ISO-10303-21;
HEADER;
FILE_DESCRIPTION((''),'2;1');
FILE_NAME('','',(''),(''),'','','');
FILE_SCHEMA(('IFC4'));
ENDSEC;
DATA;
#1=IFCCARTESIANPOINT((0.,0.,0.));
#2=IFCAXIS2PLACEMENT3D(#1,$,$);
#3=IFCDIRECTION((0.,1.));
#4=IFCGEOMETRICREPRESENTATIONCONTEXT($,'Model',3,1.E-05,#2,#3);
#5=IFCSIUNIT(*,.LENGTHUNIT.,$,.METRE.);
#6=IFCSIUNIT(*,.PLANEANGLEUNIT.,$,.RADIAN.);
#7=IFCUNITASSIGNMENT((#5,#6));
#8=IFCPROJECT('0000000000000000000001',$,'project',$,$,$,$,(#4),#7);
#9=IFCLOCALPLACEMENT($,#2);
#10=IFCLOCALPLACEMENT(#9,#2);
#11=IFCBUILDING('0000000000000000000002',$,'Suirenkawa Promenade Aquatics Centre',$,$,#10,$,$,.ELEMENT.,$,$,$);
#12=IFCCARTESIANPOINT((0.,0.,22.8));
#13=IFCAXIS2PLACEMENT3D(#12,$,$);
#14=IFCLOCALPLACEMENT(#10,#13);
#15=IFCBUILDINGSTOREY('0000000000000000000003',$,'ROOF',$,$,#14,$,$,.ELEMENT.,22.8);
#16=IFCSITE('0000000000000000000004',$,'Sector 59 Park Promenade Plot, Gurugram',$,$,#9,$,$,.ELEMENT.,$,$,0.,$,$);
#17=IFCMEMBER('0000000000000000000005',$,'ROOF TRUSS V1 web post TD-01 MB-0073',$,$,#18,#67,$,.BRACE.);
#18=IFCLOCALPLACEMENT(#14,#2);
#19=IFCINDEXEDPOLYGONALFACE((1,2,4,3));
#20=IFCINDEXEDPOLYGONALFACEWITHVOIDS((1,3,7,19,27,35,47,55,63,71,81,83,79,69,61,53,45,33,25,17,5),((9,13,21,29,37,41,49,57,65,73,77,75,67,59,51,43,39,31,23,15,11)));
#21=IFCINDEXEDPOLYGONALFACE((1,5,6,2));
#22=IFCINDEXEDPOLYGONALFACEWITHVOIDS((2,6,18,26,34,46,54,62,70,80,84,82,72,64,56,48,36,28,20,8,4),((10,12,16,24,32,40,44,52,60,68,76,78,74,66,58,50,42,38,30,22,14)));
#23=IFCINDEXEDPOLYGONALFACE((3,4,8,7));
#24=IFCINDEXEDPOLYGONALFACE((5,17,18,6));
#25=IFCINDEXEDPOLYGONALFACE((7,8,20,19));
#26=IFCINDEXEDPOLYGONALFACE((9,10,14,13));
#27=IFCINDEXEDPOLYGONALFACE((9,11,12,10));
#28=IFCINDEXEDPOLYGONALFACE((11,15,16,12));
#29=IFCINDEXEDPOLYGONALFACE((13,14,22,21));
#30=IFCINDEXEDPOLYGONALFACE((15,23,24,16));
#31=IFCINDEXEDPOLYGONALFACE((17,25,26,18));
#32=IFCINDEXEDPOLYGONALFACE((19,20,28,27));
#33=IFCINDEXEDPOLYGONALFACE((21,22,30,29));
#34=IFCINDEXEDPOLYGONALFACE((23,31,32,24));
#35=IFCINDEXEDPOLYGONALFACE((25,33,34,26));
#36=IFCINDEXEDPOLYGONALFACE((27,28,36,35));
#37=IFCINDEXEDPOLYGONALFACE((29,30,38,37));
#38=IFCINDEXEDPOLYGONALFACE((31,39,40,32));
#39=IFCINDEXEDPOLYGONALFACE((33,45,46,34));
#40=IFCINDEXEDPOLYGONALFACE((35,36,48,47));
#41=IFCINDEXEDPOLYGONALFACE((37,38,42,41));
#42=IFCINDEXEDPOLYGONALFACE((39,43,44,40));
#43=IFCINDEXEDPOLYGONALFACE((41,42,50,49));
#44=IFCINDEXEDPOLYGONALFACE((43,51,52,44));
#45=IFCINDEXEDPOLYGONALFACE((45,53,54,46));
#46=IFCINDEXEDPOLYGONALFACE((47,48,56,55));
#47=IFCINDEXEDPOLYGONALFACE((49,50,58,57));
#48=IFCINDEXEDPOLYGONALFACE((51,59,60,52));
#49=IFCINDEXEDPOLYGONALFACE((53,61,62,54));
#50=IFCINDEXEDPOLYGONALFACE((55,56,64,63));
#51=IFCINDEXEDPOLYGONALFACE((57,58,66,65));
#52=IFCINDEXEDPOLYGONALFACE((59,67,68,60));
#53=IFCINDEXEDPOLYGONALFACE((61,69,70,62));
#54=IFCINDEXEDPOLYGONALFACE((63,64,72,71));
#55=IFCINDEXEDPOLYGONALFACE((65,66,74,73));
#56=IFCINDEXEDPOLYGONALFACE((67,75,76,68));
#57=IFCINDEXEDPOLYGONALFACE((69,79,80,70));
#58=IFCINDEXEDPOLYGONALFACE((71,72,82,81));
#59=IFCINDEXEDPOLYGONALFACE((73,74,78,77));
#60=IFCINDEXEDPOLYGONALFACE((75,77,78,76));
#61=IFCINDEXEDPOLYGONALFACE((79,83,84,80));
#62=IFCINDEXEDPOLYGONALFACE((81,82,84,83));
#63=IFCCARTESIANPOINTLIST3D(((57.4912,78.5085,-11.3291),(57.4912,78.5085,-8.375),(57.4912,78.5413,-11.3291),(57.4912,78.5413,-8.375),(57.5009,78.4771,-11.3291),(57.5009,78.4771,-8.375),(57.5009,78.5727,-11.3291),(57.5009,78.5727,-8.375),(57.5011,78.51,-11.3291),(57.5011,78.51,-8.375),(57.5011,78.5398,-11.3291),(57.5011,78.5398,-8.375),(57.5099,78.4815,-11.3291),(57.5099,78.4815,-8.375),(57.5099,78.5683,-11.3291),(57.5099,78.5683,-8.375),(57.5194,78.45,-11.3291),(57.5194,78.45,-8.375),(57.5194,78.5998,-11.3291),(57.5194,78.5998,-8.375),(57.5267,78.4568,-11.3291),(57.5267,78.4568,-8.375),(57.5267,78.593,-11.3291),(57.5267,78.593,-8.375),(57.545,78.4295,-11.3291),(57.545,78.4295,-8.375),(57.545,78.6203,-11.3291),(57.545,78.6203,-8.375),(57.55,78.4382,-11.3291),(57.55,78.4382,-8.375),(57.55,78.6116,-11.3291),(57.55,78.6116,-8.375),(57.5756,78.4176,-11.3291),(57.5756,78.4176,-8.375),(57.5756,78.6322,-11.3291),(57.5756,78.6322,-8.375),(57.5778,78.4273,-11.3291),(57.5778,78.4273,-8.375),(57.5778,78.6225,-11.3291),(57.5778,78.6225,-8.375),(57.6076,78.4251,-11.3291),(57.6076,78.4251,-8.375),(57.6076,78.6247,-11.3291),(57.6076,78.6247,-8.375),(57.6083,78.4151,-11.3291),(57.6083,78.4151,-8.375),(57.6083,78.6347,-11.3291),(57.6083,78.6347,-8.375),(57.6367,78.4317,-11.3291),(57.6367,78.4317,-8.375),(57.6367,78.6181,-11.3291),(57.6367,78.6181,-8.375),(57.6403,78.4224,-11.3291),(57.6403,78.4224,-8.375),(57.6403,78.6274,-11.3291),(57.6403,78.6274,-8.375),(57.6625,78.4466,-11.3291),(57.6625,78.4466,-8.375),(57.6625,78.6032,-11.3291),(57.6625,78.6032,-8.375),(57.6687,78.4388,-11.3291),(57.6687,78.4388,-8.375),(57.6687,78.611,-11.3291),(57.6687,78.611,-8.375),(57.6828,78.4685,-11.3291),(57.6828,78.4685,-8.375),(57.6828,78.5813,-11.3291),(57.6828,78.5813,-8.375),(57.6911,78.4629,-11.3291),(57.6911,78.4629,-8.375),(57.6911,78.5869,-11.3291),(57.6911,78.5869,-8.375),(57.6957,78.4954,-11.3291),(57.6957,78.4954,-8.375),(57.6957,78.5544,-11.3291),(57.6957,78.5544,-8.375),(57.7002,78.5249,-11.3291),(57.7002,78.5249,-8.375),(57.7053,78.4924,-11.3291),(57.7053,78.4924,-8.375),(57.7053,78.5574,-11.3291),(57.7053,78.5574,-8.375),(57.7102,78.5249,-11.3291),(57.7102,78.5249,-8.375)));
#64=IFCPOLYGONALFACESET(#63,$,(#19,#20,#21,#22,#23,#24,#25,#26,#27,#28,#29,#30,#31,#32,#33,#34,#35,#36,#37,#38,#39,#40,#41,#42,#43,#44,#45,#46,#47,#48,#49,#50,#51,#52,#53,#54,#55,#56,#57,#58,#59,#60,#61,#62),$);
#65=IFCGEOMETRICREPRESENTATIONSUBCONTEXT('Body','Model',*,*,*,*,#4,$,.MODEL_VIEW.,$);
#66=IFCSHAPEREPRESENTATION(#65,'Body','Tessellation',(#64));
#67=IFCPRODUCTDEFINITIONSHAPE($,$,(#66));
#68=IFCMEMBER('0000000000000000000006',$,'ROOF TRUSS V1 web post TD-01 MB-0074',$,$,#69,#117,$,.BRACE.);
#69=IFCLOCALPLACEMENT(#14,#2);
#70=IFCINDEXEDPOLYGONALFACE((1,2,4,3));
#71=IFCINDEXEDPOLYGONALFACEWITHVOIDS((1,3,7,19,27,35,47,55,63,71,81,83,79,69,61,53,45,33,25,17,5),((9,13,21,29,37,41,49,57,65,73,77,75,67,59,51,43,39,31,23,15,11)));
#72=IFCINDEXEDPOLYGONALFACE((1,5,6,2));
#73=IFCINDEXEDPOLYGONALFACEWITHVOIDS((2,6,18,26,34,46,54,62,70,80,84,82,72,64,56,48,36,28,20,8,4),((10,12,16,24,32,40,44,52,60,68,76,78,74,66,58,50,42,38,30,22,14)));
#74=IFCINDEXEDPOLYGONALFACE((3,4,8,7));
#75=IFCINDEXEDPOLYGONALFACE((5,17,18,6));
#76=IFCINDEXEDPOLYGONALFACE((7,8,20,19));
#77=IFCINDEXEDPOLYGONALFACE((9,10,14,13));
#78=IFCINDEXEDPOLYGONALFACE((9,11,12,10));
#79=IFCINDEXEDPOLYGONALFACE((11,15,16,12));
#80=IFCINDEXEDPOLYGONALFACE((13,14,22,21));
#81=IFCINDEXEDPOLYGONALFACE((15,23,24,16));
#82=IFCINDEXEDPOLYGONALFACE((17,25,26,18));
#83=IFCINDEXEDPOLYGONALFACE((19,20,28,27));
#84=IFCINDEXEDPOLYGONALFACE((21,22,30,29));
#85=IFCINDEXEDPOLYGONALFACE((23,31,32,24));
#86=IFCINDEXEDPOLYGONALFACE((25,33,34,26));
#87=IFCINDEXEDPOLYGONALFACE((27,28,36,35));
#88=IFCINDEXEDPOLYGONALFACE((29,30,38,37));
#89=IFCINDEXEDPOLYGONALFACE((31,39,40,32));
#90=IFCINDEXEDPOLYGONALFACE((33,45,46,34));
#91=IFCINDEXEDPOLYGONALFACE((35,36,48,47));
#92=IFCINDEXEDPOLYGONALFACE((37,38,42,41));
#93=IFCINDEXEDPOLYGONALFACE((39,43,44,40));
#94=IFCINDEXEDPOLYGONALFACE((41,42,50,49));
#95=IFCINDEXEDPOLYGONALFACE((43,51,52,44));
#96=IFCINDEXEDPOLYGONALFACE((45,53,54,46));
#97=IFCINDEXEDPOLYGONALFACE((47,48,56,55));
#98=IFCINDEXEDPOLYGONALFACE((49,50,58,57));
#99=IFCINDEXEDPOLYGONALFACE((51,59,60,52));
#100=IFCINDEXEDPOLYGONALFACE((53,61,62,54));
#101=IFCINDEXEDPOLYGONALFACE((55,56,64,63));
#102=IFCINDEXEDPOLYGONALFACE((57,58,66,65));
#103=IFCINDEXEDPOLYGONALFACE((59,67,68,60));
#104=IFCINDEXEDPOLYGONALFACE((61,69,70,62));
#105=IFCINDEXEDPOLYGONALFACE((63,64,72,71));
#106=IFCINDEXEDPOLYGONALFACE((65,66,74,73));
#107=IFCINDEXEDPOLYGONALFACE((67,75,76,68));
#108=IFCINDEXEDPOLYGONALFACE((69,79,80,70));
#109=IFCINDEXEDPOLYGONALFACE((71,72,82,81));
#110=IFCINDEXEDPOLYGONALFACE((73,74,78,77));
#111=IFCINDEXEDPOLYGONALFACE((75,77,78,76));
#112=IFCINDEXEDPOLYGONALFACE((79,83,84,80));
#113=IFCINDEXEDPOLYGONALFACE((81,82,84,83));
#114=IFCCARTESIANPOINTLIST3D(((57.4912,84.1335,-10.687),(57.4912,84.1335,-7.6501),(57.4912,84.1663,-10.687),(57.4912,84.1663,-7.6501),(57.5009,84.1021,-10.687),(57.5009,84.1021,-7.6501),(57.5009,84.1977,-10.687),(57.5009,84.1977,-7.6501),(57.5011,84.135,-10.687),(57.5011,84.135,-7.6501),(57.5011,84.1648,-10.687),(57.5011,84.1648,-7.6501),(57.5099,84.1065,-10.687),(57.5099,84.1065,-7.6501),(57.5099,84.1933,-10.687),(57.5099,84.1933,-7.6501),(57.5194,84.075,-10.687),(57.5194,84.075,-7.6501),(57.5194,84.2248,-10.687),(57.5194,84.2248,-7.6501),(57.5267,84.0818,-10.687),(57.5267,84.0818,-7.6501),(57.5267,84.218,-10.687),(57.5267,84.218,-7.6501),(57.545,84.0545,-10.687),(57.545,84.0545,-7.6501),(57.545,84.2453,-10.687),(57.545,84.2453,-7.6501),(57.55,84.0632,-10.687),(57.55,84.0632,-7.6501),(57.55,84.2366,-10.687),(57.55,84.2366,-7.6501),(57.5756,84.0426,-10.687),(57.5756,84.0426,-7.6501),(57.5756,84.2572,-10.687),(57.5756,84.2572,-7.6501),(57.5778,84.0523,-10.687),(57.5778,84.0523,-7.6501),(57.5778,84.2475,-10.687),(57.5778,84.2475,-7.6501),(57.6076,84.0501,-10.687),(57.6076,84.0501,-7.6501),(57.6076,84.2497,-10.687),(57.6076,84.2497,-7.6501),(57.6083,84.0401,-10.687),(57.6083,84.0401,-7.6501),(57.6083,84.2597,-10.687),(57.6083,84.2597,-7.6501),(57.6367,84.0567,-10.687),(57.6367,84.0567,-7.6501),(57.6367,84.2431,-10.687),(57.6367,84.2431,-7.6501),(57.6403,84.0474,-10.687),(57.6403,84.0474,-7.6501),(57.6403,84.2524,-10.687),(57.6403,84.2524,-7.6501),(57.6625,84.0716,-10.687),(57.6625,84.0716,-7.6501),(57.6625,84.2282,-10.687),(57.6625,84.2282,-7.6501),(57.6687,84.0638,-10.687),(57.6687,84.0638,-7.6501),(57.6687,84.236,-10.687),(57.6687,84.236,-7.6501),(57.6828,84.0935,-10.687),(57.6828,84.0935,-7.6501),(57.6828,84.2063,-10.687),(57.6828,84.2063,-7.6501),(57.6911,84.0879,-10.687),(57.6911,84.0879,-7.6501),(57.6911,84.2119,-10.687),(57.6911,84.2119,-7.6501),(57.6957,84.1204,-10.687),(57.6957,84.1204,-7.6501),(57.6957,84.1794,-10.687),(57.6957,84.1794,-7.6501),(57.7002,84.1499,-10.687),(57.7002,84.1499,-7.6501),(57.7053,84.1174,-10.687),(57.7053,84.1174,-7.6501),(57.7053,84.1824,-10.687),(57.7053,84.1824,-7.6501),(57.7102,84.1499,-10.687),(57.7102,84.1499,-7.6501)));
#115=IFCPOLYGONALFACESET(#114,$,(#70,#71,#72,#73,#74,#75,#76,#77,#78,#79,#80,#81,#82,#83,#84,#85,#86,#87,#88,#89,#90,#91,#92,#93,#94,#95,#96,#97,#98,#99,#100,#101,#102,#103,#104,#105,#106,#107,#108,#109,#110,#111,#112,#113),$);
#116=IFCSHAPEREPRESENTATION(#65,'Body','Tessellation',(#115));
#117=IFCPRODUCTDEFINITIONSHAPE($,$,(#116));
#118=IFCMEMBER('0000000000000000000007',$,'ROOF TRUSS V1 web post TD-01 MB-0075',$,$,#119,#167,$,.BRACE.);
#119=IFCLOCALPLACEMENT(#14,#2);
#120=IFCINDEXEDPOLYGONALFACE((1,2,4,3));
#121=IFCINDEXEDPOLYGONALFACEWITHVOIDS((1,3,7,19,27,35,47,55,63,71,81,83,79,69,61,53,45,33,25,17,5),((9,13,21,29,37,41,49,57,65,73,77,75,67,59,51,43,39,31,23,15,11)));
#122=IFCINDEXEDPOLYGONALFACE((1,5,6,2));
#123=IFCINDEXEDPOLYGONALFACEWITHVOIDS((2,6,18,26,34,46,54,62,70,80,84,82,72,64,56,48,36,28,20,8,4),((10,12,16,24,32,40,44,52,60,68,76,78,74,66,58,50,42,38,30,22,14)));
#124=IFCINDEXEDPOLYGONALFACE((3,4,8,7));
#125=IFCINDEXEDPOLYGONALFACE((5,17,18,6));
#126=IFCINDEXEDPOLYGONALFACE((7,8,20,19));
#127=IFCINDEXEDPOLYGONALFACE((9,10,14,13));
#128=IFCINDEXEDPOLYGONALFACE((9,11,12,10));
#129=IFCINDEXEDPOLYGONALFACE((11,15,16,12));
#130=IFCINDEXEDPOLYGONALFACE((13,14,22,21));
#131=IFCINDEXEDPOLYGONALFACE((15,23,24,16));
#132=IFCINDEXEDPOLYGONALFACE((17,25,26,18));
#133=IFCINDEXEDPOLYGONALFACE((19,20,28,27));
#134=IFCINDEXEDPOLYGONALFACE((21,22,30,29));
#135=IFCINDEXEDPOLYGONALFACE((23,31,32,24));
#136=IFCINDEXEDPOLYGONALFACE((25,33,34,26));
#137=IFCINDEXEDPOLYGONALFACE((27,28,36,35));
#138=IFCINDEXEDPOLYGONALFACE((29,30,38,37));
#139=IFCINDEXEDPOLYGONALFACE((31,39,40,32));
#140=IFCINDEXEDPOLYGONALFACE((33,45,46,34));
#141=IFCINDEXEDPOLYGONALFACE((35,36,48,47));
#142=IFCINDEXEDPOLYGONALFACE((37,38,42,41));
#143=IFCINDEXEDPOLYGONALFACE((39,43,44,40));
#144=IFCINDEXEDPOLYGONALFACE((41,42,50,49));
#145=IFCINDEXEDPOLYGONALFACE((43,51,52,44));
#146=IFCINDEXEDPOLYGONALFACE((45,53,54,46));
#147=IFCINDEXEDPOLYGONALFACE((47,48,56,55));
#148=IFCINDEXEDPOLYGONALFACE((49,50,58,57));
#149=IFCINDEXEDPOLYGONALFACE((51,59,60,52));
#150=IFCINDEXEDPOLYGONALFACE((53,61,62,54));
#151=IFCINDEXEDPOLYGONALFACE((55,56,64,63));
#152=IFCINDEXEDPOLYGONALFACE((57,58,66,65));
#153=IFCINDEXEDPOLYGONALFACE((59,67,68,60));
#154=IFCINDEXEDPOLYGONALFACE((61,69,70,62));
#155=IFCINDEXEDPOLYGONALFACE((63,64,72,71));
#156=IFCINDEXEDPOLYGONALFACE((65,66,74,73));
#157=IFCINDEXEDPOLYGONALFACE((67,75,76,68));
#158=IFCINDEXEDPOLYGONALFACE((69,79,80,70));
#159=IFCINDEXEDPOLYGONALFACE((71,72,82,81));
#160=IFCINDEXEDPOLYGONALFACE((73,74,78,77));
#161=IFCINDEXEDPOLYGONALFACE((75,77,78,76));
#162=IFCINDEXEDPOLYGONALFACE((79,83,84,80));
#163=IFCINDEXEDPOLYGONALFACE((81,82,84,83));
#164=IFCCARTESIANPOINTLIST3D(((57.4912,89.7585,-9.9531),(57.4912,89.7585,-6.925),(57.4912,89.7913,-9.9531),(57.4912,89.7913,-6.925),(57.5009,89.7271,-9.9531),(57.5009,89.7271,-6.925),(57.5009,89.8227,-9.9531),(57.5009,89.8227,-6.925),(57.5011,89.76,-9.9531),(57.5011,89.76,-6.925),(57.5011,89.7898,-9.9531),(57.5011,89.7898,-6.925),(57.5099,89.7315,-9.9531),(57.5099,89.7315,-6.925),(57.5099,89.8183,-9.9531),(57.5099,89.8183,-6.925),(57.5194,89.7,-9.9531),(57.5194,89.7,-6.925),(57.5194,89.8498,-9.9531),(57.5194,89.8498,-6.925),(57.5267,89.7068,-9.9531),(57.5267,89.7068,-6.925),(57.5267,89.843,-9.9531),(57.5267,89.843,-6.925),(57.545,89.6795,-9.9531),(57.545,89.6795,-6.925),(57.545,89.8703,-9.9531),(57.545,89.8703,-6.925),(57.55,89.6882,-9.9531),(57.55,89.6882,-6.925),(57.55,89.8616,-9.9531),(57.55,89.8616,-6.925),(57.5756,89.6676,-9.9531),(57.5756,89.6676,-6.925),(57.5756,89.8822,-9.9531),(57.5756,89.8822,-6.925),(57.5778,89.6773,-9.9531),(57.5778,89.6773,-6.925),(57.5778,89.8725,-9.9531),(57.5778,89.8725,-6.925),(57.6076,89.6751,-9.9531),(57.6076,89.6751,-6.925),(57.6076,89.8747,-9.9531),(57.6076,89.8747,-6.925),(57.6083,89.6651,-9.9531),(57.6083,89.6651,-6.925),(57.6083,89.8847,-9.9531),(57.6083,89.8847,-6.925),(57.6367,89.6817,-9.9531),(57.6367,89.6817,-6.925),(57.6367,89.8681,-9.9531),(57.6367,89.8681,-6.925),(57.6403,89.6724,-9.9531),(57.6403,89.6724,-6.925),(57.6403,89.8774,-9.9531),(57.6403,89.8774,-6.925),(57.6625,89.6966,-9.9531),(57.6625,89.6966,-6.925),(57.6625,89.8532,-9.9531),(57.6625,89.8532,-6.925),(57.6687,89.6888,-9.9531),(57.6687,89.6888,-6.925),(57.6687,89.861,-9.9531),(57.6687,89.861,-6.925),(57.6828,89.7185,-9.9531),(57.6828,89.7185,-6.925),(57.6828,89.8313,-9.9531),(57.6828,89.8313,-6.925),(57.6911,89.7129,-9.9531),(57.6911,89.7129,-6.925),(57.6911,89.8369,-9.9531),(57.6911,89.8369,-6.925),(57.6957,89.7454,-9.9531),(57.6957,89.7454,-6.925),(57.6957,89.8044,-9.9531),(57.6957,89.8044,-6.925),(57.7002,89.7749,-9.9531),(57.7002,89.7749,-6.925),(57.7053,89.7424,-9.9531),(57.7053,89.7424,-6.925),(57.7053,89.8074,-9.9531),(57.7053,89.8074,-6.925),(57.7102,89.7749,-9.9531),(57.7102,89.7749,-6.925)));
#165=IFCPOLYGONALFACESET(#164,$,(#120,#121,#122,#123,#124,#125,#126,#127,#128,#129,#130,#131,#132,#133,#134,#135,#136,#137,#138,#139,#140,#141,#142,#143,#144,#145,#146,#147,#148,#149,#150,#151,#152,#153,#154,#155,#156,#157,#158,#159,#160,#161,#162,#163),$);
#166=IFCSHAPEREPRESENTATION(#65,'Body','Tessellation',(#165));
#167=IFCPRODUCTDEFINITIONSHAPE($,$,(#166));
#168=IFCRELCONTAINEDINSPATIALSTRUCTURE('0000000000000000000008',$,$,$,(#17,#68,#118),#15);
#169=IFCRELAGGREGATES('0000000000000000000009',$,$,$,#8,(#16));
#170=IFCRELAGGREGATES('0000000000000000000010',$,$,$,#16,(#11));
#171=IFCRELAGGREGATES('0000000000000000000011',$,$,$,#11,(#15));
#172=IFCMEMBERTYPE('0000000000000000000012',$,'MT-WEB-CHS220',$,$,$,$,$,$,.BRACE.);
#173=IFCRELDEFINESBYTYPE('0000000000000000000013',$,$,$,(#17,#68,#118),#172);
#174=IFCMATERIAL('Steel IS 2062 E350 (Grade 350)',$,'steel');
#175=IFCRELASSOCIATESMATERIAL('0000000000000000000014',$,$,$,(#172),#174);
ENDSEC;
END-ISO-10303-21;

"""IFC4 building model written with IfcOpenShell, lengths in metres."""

from ifc_helpers import new_model, si_unit, direction, frame, origin, origin_2d, place, context, subcontext, project, spatial, hollow_circle, extrude, material, material_profile, profile_set, type_object, element, save


model = new_model("IFC4")

# Units and contexts
model_context = context("Model", 3, precision=1e-05, world=origin(), true_north=direction((0.0, 1.0)))
body_context = subcontext(model_context, "Body", "Model", "MODEL_VIEW")
ifc_project = project(units=[si_unit("LENGTHUNIT", "METRE"), si_unit("PLANEANGLEUNIT", "RADIAN")], contexts=[model_context])

# Site, building, storey
site_placement = place(None, origin())
site = spatial("IfcSite", under=ifc_project, at=site_placement, Name="Sector 59 Park Promenade Plot, Gurugram", CompositionType="ELEMENT", RefElevation=0.0)
building_placement = place(site_placement, origin())
building = spatial("IfcBuilding", under=site, at=building_placement, Name="Suirenkawa Promenade Aquatics Centre", CompositionType="ELEMENT")
storey_placement = place(building_placement, frame((0.0, 0.0, 22.8)))
storey = spatial("IfcBuildingStorey", under=building, at=storey_placement, Name="ROOF", CompositionType="ELEMENT", Elevation=22.8)

# Shared definitions
ifc_material = material(Name="Steel IS 2062 E350 (Grade 350)", Category="steel")

# Members
ifc_material_profile_1 = material_profile(ifc_material, hollow_circle(Radius=0.1101, WallThickness=0.01, at=origin_2d()), Name="CHS 220x10", Category="steel")
ifc_profile_set_1 = profile_set([ifc_material_profile_1], Name="Steel IS 2062 E350 (Grade 350)")
member_type_1 = type_object("IfcMemberType", Name="MT-WEB-CHS220", PredefinedType="BRACE", material=ifc_profile_set_1)
member_1_placement = place(storey_placement, frame((57.6001, 78.5249, -11.3291), z_axis=(0.0, 0.0, 1.0), x_axis=(1.0, 0.0, 0.0)))
element("IfcMember", 1, at=member_1_placement, inside=storey, type_object=member_type_1, Name="ROOF TRUSS V1 web post TD-01 MB-0073", PredefinedType="BRACE", context=body_context, shape_type="SweptSolid", body=[
    extrude(hollow_circle(Radius=0.1101, WallThickness=0.01, at=origin_2d()), origin(), (0.0, 0.0, 1.0), 2.9541),
])
member_2_placement = place(storey_placement, frame((57.6001, 84.1499, -10.687), z_axis=(0.0, 0.0, 1.0), x_axis=(1.0, 0.0, 0.0)))
element("IfcMember", 2, at=member_2_placement, inside=storey, type_object=member_type_1, Name="ROOF TRUSS V1 web post TD-01 MB-0074", PredefinedType="BRACE", context=body_context, shape_type="SweptSolid", body=[
    extrude(hollow_circle(Radius=0.1101, WallThickness=0.01, at=origin_2d()), origin(), (0.0, 0.0, 1.0), 3.0369),
])
member_3_placement = place(storey_placement, frame((57.6001, 89.7749, -9.9531), z_axis=(0.0, 0.0, 1.0), x_axis=(1.0, 0.0, 0.0)))
element("IfcMember", 3, at=member_3_placement, inside=storey, type_object=member_type_1, Name="ROOF TRUSS V1 web post TD-01 MB-0075", PredefinedType="BRACE", context=body_context, shape_type="SweptSolid", body=[
    extrude(hollow_circle(Radius=0.1101, WallThickness=0.01, at=origin_2d()), origin(), (0.0, 0.0, 1.0), 3.0281),
])

save(model, "model.ifc")
